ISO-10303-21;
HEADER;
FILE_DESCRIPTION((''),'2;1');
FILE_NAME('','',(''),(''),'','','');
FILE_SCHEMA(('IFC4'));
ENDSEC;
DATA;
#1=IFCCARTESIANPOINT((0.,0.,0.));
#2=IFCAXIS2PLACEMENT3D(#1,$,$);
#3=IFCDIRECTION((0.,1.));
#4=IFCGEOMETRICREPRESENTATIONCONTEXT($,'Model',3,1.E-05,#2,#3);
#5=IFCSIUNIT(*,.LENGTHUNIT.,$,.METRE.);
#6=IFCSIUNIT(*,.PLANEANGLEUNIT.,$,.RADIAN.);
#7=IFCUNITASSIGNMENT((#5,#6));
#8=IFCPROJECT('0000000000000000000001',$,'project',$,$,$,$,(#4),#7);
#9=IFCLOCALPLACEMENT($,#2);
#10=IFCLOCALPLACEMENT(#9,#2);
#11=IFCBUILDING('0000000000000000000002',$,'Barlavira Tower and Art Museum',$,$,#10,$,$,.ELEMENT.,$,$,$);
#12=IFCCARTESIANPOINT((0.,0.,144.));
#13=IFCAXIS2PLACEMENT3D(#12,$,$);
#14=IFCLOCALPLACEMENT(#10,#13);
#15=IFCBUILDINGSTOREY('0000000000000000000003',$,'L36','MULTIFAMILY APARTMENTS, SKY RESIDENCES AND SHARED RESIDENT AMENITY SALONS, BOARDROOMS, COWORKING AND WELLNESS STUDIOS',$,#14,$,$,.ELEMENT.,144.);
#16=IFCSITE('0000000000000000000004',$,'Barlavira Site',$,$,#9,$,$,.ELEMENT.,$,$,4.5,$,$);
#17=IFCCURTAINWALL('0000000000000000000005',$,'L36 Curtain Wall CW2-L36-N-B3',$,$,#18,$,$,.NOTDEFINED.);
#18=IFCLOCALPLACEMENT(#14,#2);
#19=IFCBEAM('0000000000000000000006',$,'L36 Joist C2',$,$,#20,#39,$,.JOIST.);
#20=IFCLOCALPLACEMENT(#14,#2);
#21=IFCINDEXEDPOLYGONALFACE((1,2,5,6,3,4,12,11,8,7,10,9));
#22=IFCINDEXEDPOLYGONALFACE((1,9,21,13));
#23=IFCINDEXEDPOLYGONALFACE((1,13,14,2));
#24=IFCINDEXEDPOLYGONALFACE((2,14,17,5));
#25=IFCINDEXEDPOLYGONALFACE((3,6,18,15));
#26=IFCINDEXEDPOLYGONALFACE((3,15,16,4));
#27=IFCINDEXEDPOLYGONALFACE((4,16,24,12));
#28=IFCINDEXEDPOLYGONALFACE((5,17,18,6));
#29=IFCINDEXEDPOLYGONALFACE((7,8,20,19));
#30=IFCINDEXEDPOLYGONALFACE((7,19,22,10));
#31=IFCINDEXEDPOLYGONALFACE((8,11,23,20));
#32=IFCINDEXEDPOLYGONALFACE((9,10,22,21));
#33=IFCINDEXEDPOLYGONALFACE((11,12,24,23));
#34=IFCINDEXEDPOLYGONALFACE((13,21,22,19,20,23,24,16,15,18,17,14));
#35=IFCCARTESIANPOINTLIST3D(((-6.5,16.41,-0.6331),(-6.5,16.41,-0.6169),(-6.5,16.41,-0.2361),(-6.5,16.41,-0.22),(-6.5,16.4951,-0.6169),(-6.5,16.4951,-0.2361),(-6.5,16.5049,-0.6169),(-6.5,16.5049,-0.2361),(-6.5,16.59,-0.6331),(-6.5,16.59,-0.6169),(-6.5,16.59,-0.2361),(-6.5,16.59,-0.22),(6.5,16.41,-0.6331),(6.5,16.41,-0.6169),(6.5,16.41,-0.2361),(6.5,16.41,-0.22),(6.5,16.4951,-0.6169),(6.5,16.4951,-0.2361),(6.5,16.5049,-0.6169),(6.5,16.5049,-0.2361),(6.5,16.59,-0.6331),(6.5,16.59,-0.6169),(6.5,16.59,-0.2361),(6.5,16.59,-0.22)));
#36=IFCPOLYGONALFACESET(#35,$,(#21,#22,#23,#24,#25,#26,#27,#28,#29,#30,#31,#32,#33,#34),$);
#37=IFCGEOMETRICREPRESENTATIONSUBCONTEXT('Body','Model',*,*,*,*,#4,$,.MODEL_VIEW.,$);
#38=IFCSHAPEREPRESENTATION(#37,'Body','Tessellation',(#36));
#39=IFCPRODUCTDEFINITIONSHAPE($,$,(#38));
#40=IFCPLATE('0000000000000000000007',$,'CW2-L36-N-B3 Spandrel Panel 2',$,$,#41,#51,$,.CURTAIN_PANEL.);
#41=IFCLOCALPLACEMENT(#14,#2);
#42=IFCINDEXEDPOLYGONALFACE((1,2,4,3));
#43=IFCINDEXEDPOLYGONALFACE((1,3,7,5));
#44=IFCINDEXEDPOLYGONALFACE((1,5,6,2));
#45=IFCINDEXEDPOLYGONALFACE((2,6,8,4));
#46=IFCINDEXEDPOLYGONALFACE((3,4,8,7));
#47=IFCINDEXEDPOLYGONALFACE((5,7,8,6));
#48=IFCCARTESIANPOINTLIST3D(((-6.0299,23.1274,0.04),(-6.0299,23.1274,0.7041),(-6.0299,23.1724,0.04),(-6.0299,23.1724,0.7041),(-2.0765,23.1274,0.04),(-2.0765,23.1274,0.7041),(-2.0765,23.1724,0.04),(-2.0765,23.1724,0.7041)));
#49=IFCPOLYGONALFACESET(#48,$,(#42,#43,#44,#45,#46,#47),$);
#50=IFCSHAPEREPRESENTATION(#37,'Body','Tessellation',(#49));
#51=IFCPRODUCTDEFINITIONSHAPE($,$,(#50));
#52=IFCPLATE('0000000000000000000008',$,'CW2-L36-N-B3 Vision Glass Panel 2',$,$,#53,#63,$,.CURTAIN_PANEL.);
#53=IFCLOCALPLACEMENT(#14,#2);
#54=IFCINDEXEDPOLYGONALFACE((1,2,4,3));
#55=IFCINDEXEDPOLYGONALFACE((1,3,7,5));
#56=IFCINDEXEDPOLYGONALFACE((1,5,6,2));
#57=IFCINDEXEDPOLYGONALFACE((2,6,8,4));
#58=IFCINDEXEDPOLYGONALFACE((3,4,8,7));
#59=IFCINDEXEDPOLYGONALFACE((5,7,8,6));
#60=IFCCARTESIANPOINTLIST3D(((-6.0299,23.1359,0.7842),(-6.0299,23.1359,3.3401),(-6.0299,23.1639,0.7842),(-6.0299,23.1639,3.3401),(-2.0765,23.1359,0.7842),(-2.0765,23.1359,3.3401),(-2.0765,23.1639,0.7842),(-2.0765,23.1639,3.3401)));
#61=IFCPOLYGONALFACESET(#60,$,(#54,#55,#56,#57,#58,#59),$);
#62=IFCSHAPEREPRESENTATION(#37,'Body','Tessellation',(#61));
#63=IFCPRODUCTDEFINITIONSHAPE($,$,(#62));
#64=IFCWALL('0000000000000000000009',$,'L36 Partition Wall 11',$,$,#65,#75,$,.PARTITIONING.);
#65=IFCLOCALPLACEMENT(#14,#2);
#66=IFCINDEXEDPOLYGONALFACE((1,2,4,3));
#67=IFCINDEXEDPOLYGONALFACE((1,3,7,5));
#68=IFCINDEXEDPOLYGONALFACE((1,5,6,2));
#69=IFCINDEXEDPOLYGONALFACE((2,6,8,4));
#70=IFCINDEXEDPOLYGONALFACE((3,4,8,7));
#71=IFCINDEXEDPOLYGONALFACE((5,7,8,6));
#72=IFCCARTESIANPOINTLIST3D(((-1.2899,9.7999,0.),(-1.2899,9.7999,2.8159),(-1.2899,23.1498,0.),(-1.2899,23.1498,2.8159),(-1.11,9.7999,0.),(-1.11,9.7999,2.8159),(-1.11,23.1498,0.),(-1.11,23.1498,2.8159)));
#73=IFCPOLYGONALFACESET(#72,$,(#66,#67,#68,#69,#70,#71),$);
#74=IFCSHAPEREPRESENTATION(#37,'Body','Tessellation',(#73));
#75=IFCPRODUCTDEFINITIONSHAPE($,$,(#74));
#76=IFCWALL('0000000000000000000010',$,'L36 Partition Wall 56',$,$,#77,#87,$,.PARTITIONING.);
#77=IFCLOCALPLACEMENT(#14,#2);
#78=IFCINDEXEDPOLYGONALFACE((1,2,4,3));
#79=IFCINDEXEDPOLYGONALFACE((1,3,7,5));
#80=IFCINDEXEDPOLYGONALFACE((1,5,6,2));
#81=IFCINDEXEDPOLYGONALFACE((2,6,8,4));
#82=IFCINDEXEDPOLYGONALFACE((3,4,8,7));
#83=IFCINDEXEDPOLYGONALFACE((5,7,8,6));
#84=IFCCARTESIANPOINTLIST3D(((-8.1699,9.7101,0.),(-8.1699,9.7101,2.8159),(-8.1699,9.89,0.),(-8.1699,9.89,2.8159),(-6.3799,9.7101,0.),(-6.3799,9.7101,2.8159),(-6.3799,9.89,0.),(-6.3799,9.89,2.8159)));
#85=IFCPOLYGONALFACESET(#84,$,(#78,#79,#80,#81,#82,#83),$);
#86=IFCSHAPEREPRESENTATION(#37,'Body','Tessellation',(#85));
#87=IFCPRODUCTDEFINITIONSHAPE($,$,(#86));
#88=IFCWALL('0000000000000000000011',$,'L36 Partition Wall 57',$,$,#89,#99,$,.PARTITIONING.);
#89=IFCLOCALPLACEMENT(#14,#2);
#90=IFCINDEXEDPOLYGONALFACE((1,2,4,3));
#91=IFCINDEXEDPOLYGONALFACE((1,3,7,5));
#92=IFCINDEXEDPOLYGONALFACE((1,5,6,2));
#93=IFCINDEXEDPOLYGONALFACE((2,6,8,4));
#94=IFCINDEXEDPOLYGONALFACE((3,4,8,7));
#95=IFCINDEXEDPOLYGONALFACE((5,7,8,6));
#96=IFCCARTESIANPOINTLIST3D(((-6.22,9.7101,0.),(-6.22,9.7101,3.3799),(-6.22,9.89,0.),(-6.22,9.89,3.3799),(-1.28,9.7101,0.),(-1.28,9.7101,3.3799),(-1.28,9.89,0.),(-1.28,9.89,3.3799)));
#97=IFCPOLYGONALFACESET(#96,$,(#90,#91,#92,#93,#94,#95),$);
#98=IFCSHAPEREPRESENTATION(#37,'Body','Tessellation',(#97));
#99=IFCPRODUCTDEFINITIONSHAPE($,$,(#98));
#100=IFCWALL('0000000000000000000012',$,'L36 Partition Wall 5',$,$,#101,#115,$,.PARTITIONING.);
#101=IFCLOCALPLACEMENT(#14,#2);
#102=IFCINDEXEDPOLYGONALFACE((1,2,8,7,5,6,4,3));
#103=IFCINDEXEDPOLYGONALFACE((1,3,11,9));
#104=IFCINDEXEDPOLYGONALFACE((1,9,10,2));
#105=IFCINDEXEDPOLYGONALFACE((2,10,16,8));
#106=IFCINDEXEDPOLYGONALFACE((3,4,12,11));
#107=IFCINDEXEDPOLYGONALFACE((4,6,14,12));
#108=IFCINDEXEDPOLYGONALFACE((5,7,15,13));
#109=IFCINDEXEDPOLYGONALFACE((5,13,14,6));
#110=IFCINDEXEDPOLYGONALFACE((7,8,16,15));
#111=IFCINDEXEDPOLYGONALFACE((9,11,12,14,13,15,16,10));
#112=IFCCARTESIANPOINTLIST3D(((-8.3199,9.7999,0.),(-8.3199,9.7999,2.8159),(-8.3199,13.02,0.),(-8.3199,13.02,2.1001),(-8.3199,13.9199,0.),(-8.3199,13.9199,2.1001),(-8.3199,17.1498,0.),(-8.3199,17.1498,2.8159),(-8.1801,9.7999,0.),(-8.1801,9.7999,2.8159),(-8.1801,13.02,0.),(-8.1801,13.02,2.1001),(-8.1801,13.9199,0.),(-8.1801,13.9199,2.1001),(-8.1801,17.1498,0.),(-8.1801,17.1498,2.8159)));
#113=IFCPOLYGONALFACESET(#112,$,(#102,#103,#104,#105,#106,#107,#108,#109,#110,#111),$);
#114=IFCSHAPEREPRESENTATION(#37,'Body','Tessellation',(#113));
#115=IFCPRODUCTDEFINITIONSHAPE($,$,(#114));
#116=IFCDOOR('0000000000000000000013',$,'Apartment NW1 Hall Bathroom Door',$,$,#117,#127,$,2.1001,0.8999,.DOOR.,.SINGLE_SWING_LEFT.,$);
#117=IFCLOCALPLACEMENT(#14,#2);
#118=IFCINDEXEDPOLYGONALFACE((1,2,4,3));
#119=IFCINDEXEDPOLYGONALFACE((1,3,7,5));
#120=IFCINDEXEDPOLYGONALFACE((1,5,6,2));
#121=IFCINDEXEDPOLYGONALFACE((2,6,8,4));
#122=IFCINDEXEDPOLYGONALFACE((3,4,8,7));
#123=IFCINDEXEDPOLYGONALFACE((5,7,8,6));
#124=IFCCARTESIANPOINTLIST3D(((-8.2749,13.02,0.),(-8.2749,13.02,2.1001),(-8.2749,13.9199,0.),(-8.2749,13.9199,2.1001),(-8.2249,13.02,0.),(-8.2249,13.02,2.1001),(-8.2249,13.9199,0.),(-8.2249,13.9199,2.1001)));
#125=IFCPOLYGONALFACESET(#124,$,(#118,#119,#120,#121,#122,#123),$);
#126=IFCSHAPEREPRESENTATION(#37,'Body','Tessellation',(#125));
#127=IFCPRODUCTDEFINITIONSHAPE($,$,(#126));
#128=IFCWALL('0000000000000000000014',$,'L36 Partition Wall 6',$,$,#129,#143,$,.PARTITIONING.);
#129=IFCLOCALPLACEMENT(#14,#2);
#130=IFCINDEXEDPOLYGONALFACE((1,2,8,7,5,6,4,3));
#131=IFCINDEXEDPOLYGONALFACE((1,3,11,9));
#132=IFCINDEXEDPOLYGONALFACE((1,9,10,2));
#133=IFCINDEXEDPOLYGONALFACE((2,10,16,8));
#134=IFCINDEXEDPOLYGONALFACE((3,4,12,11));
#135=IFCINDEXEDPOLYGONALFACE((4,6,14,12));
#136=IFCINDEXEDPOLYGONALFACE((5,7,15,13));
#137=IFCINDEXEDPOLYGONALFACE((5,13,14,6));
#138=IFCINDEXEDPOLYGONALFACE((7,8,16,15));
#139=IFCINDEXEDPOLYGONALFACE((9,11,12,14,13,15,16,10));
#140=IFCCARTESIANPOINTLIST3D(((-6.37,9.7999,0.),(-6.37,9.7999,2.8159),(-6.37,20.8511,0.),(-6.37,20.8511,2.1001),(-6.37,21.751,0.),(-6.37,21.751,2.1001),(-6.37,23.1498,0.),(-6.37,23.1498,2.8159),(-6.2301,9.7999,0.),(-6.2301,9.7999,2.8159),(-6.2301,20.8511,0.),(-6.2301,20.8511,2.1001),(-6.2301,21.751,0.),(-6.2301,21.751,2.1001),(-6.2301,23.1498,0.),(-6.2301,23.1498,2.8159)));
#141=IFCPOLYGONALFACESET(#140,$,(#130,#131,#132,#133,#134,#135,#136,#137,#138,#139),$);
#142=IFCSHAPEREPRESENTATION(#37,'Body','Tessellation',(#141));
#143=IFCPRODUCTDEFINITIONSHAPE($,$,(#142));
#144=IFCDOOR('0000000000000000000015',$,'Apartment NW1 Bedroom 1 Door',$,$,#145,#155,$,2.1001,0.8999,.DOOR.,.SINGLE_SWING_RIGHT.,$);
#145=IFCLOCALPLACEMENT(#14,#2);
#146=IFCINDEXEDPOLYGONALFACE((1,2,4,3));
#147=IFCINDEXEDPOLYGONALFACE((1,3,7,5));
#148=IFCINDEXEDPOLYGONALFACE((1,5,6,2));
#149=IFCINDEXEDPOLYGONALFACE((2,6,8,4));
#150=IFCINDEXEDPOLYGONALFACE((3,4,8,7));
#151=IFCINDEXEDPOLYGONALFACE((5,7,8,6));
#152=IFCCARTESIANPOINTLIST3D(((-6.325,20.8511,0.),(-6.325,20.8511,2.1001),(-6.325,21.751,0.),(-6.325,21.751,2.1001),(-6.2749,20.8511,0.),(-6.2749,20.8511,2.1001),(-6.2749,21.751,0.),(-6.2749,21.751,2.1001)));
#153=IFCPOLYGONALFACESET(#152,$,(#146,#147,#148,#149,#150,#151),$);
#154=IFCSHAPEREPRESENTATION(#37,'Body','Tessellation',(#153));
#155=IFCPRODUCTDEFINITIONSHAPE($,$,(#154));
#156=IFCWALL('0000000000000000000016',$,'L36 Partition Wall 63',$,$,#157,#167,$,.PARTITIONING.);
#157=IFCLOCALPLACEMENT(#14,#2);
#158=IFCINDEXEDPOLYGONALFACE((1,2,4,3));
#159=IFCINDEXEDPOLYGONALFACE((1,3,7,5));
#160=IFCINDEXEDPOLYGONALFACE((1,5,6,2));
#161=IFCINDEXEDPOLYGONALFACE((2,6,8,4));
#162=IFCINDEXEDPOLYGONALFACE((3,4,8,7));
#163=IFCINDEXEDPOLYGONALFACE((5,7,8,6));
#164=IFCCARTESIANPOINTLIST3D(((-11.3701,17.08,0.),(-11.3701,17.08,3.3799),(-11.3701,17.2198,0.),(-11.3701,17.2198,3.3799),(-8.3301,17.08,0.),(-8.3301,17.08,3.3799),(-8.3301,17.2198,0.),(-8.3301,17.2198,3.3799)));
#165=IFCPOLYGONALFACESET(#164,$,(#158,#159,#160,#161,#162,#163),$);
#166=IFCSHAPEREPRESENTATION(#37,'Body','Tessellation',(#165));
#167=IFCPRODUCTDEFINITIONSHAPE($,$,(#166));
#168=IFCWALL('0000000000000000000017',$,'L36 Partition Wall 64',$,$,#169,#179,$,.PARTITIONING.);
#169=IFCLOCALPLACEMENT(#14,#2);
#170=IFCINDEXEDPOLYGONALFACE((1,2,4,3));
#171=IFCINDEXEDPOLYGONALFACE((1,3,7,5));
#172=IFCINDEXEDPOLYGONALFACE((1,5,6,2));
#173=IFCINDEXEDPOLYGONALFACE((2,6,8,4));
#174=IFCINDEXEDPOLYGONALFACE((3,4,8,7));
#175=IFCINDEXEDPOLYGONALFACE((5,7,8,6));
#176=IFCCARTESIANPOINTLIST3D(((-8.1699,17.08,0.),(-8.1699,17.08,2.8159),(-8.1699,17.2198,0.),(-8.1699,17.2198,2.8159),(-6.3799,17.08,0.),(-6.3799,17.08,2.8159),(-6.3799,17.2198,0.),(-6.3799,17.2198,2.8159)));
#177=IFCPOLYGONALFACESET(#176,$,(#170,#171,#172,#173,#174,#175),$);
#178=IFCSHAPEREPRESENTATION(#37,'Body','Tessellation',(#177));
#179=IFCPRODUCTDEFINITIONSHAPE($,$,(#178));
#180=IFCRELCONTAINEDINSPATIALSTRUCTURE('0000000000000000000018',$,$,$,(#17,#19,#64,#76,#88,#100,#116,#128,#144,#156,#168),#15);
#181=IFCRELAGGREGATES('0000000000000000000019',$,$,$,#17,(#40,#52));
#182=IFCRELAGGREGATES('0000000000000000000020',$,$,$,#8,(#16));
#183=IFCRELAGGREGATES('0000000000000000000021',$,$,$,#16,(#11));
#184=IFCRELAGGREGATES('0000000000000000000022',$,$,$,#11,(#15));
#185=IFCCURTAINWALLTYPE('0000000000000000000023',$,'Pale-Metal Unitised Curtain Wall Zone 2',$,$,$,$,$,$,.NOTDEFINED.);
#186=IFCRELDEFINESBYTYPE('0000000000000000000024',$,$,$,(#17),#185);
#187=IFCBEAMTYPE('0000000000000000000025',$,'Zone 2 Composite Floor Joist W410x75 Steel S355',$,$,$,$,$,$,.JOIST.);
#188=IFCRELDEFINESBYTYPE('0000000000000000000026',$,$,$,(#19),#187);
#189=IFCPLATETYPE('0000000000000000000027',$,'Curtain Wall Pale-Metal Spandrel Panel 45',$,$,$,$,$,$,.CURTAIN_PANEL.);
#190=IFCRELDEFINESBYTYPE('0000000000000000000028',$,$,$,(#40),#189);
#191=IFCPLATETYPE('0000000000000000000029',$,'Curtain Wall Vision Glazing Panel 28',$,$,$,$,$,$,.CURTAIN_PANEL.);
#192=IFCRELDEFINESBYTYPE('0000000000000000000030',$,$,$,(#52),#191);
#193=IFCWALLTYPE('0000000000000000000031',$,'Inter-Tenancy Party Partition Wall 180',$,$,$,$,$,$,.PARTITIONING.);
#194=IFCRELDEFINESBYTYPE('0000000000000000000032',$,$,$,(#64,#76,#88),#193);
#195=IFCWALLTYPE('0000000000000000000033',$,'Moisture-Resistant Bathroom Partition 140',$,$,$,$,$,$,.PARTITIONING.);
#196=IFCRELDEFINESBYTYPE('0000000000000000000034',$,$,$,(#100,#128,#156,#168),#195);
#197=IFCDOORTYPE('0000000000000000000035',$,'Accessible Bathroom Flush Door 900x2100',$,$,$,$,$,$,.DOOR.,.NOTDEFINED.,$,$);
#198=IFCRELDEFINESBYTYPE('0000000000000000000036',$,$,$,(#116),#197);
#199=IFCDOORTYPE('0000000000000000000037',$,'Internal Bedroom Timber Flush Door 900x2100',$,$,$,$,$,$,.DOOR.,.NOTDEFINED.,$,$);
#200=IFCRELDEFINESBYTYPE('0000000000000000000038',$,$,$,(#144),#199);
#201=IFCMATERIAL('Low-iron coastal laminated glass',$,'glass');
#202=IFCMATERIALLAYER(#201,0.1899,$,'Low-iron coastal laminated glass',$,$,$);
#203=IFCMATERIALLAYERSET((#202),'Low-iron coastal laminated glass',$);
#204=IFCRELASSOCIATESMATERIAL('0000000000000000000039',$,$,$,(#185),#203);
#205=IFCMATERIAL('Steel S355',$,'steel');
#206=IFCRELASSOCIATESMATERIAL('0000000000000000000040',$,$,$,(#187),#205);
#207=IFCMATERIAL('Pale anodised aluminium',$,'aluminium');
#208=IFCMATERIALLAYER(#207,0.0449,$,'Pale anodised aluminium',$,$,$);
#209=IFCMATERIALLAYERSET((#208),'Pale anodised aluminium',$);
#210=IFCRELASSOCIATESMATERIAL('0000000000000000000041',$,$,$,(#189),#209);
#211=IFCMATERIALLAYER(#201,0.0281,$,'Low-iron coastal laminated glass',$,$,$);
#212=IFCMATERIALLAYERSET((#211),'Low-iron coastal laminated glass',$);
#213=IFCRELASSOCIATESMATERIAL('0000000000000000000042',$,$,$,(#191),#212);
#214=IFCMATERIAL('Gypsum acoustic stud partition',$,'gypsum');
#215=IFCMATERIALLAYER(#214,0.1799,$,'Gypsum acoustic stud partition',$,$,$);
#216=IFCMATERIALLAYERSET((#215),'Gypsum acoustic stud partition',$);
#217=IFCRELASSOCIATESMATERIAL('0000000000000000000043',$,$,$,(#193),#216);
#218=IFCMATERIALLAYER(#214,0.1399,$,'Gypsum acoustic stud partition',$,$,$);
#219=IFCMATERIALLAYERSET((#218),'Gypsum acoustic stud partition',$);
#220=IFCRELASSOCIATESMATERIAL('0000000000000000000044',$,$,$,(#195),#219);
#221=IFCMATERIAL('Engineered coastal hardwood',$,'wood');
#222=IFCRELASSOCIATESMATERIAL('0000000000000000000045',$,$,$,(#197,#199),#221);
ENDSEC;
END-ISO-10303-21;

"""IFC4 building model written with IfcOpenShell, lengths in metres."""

from ifc_helpers import new_model, si_unit, direction, frame, frame_2d, origin, origin_2d, place, context, subcontext, project, spatial, rectangle, i_section, extrude, material, layer, layer_set, material_profile, profile_set, type_object, element, fill, aggregate, save


model = new_model("IFC4")

# Units and contexts
model_context = context("Model", 3, precision=1e-05, world=origin(), true_north=direction((0.0, 1.0)))
body_context = subcontext(model_context, "Body", "Model", "MODEL_VIEW")
ifc_project = project(units=[si_unit("LENGTHUNIT", "METRE"), si_unit("PLANEANGLEUNIT", "RADIAN")], contexts=[model_context])

# Site, building, storey
site_placement = place(None, origin())
site = spatial("IfcSite", under=ifc_project, at=site_placement, Name="Barlavira Site", CompositionType="ELEMENT", RefElevation=4.5)
building_placement = place(site_placement, origin())
building = spatial("IfcBuilding", under=site, at=building_placement, Name="Barlavira Tower and Art Museum", CompositionType="ELEMENT")
storey_placement = place(building_placement, frame((0.0, 0.0, 144.0)))
storey = spatial("IfcBuildingStorey", under=building, at=storey_placement, Name="L36", Description="MULTIFAMILY APARTMENTS, SKY RESIDENCES AND SHARED RESIDENT AMENITY SALONS, BOARDROOMS, COWORKING AND WELLNESS STUDIOS", CompositionType="ELEMENT", Elevation=144.0)

# Curtain wall
ifc_material_1 = material(Name="Low-iron coastal laminated glass", Category="glass")
ifc_layer_1 = layer(ifc_material_1, 0.1899, Name="Low-iron coastal laminated glass")
ifc_layer_set_1 = layer_set([ifc_layer_1], Name="Low-iron coastal laminated glass")
curtain_wall_type = type_object("IfcCurtainWallType", Name="Pale-Metal Unitised Curtain Wall Zone 2", PredefinedType="NOTDEFINED", material=ifc_layer_set_1)
curtain_wall_placement = place(storey_placement, origin())
curtain_wall = element("IfcCurtainWall", 1, at=curtain_wall_placement, inside=storey, type_object=curtain_wall_type, Name="L36 Curtain Wall CW2-L36-N-B3", PredefinedType="NOTDEFINED")
ifc_material_2 = material(Name="Pale anodised aluminium", Category="aluminium")

# Beam
ifc_material_3 = material(Name="Steel S355", Category="steel")
ifc_material_profile_1 = material_profile(ifc_material_3, i_section(OverallWidth=0.1799, OverallDepth=0.4131, WebThickness=0.0098, FlangeThickness=0.0161, at=origin_2d()), Name="W410x75.0")
ifc_profile_set_1 = profile_set([ifc_material_profile_1], Name="Steel S355")
beam_type_1 = type_object("IfcBeamType", Name="Zone 2 Composite Floor Joist W410x75 Steel S355", PredefinedType="JOIST", material=ifc_profile_set_1)
beam_1_placement = place(storey_placement, frame((-6.5, 16.5, -0.4265), z_axis=(1.0, 0.0, 0.0), x_axis=(0.0, 1.0, 0.0)))
element("IfcBeam", 2, at=beam_1_placement, inside=storey, type_object=beam_type_1, Name="L36 Joist C2", PredefinedType="JOIST", context=body_context, shape_type="SweptSolid", body=[
    extrude(i_section(OverallWidth=0.1799, OverallDepth=0.4131, WebThickness=0.0098, FlangeThickness=0.0161, at=origin_2d()), origin(), (0.0, 0.0, 1.0), 13.0),
])

# Plates
ifc_layer_2 = layer(ifc_material_2, 0.0449, Name="Pale anodised aluminium")
ifc_layer_set_2 = layer_set([ifc_layer_2], Name="Pale anodised aluminium")
plate_type_1 = type_object("IfcPlateType", Name="Curtain Wall Pale-Metal Spandrel Panel 45", PredefinedType="CURTAIN_PANEL", material=ifc_layer_set_2)
plate_1_placement = place(storey_placement, frame((-4.0532, 23.1499, 0.04), z_axis=(0.0, 0.0, 1.0), x_axis=(-1.0, 0.0, 0.0)))
plate_1 = element("IfcPlate", 3, at=plate_1_placement, type_object=plate_type_1, Name="CW2-L36-N-B3 Spandrel Panel 2", PredefinedType="CURTAIN_PANEL", context=body_context, shape_type="SweptSolid", body=[
    extrude(rectangle(XDim=3.9534, YDim=0.0449, at=origin_2d()), origin(), (0.0, 0.0, 1.0), 0.6641),
])
ifc_layer_3 = layer(ifc_material_1, 0.0281, Name="Low-iron coastal laminated glass")
ifc_layer_set_3 = layer_set([ifc_layer_3], Name="Low-iron coastal laminated glass")
plate_type_2 = type_object("IfcPlateType", Name="Curtain Wall Vision Glazing Panel 28", PredefinedType="CURTAIN_PANEL", material=ifc_layer_set_3)
plate_2_placement = place(storey_placement, frame((-4.0532, 23.1499, 0.7842), z_axis=(0.0, 0.0, 1.0), x_axis=(-1.0, 0.0, 0.0)))
plate_2 = element("IfcPlate", 4, at=plate_2_placement, type_object=plate_type_2, Name="CW2-L36-N-B3 Vision Glass Panel 2", PredefinedType="CURTAIN_PANEL", context=body_context, shape_type="SweptSolid", body=[
    extrude(rectangle(XDim=3.9534, YDim=0.0281, at=origin_2d()), origin(), (0.0, 0.0, 1.0), 2.5559),
])
aggregate(curtain_wall, [plate_1, plate_2])

# Walls
ifc_material_4 = material(Name="Gypsum acoustic stud partition", Category="gypsum")
ifc_layer_4 = layer(ifc_material_4, 0.1799, Name="Gypsum acoustic stud partition")
ifc_layer_set_4 = layer_set([ifc_layer_4], Name="Gypsum acoustic stud partition")
wall_type_1 = type_object("IfcWallType", Name="Inter-Tenancy Party Partition Wall 180", PredefinedType="PARTITIONING", material=ifc_layer_set_4)
wall_1_placement = place(storey_placement, frame((-1.2, 9.8, 0.0), z_axis=(0.0, 0.0, 1.0), x_axis=(0.0, 1.0, 0.0)))
element("IfcWall", 5, at=wall_1_placement, inside=storey, type_object=wall_type_1, Name="L36 Partition Wall 11", PredefinedType="PARTITIONING", context=body_context, shape_type="SweptSolid", body=[
    extrude(rectangle(XDim=13.3499, YDim=0.1799, at=frame_2d((6.6748, 0.0))), origin(), (0.0, 0.0, 1.0), 2.8159),
])
wall_2_placement = place(storey_placement, frame((-8.1699, 9.8, 0.0), z_axis=(0.0, 0.0, 1.0), x_axis=(1.0, 0.0, 0.0)))
element("IfcWall", 6, at=wall_2_placement, inside=storey, type_object=wall_type_1, Name="L36 Partition Wall 56", PredefinedType="PARTITIONING", context=body_context, shape_type="SweptSolid", body=[
    extrude(rectangle(XDim=1.79, YDim=0.1799, at=frame_2d((0.895, 0.0))), origin(), (0.0, 0.0, 1.0), 2.8159),
])
wall_3_placement = place(storey_placement, frame((-6.22, 9.8, 0.0), z_axis=(0.0, 0.0, 1.0), x_axis=(1.0, 0.0, 0.0)))
element("IfcWall", 7, at=wall_3_placement, inside=storey, type_object=wall_type_1, Name="L36 Partition Wall 57", PredefinedType="PARTITIONING", context=body_context, shape_type="SweptSolid", body=[
    extrude(rectangle(XDim=4.9399, YDim=0.1799, at=frame_2d((2.47, 0.0))), origin(), (0.0, 0.0, 1.0), 3.3799),
])

# Walls, openings, doors
ifc_layer_5 = layer(ifc_material_4, 0.1399, Name="Gypsum acoustic stud partition")
ifc_layer_set_5 = layer_set([ifc_layer_5], Name="Gypsum acoustic stud partition")
wall_type_2 = type_object("IfcWallType", Name="Moisture-Resistant Bathroom Partition 140", PredefinedType="PARTITIONING", material=ifc_layer_set_5)
wall_4_placement = place(storey_placement, frame((-8.25, 9.8, 0.0), z_axis=(0.0, 0.0, 1.0), x_axis=(0.0, 1.0, 0.0)))
wall_4 = element("IfcWall", 8, at=wall_4_placement, inside=storey, type_object=wall_type_2, Name="L36 Partition Wall 5", PredefinedType="PARTITIONING", context=body_context, shape_type="SweptSolid", body=[
    extrude(rectangle(XDim=7.3499, YDim=0.1399, at=frame_2d((3.6748, 0.0))), origin(), (0.0, 0.0, 1.0), 2.8159),
])
opening_1_placement = place(wall_4_placement, frame((3.22, 0.0, 0.0)))
opening_1 = element("IfcOpeningElement", 9, at=opening_1_placement, cuts=wall_4, PredefinedType="OPENING", context=body_context, shape_type="SweptSolid", body=[
    extrude(rectangle(XDim=0.8999, YDim=2.1001, at=frame_2d((0.45, 1.05))), frame((0.0, 0.0801, 0.0), z_axis=(0.0, -1.0, 0.0), x_axis=(1.0, 0.0, 0.0)), (0.0, 0.0, 1.0), 0.1599),
])
ifc_material_5 = material(Name="Engineered coastal hardwood", Category="wood")
door_type_1 = type_object("IfcDoorType", Name="Accessible Bathroom Flush Door 900x2100", OperationType="NOTDEFINED", PredefinedType="DOOR", material=ifc_material_5)
door_1_placement = place(opening_1_placement, origin())
door_1 = element("IfcDoor", 10, at=door_1_placement, inside=storey, type_object=door_type_1, Name="Apartment NW1 Hall Bathroom Door", OperationType="SINGLE_SWING_LEFT", OverallHeight=2.1001, OverallWidth=0.8999, PredefinedType="DOOR", context=body_context, shape_type="SweptSolid", body=[
    extrude(rectangle(XDim=0.8999, YDim=2.1001, at=frame_2d((0.45, 1.05))), frame((0.0, 0.0249, 0.0), z_axis=(0.0, -1.0, 0.0), x_axis=(1.0, 0.0, 0.0)), (0.0, 0.0, 1.0), 0.05),
])
fill(opening_1, door_1)
wall_5_placement = place(storey_placement, frame((-6.3, 9.8, 0.0), z_axis=(0.0, 0.0, 1.0), x_axis=(0.0, 1.0, 0.0)))
wall_5 = element("IfcWall", 11, at=wall_5_placement, inside=storey, type_object=wall_type_2, Name="L36 Partition Wall 6", PredefinedType="PARTITIONING", context=body_context, shape_type="SweptSolid", body=[
    extrude(rectangle(XDim=13.3499, YDim=0.1399, at=frame_2d((6.6748, 0.0))), origin(), (0.0, 0.0, 1.0), 2.8159),
])
opening_2_placement = place(wall_5_placement, frame((11.051, 0.0, 0.0)))
opening_2 = element("IfcOpeningElement", 12, at=opening_2_placement, cuts=wall_5, PredefinedType="OPENING", context=body_context, shape_type="SweptSolid", body=[
    extrude(rectangle(XDim=0.8999, YDim=2.1001, at=frame_2d((0.45, 1.05))), frame((0.0, 0.0801, 0.0), z_axis=(0.0, -1.0, 0.0), x_axis=(1.0, 0.0, 0.0)), (0.0, 0.0, 1.0), 0.1599),
])
door_type_2 = type_object("IfcDoorType", Name="Internal Bedroom Timber Flush Door 900x2100", OperationType="NOTDEFINED", PredefinedType="DOOR", material=ifc_material_5)
door_2_placement = place(opening_2_placement, origin())
door_2 = element("IfcDoor", 13, at=door_2_placement, inside=storey, type_object=door_type_2, Name="Apartment NW1 Bedroom 1 Door", OperationType="SINGLE_SWING_RIGHT", OverallHeight=2.1001, OverallWidth=0.8999, PredefinedType="DOOR", context=body_context, shape_type="SweptSolid", body=[
    extrude(rectangle(XDim=0.8999, YDim=2.1001, at=frame_2d((0.45, 1.05))), frame((0.0, 0.0249, 0.0), z_axis=(0.0, -1.0, 0.0), x_axis=(1.0, 0.0, 0.0)), (0.0, 0.0, 1.0), 0.05),
])
fill(opening_2, door_2)

# Walls
wall_6_placement = place(storey_placement, frame((-11.3701, 17.1499, 0.0), z_axis=(0.0, 0.0, 1.0), x_axis=(1.0, 0.0, 0.0)))
element("IfcWall", 14, at=wall_6_placement, inside=storey, type_object=wall_type_2, Name="L36 Partition Wall 63", PredefinedType="PARTITIONING", context=body_context, shape_type="SweptSolid", body=[
    extrude(rectangle(XDim=3.04, YDim=0.1399, at=frame_2d((1.52, 0.0))), origin(), (0.0, 0.0, 1.0), 3.3799),
])
wall_7_placement = place(storey_placement, frame((-8.1699, 17.1499, 0.0), z_axis=(0.0, 0.0, 1.0), x_axis=(1.0, 0.0, 0.0)))
element("IfcWall", 15, at=wall_7_placement, inside=storey, type_object=wall_type_2, Name="L36 Partition Wall 64", PredefinedType="PARTITIONING", context=body_context, shape_type="SweptSolid", body=[
    extrude(rectangle(XDim=1.79, YDim=0.1399, at=frame_2d((0.895, 0.0))), origin(), (0.0, 0.0, 1.0), 2.8159),
])

save(model, "model.ifc")
